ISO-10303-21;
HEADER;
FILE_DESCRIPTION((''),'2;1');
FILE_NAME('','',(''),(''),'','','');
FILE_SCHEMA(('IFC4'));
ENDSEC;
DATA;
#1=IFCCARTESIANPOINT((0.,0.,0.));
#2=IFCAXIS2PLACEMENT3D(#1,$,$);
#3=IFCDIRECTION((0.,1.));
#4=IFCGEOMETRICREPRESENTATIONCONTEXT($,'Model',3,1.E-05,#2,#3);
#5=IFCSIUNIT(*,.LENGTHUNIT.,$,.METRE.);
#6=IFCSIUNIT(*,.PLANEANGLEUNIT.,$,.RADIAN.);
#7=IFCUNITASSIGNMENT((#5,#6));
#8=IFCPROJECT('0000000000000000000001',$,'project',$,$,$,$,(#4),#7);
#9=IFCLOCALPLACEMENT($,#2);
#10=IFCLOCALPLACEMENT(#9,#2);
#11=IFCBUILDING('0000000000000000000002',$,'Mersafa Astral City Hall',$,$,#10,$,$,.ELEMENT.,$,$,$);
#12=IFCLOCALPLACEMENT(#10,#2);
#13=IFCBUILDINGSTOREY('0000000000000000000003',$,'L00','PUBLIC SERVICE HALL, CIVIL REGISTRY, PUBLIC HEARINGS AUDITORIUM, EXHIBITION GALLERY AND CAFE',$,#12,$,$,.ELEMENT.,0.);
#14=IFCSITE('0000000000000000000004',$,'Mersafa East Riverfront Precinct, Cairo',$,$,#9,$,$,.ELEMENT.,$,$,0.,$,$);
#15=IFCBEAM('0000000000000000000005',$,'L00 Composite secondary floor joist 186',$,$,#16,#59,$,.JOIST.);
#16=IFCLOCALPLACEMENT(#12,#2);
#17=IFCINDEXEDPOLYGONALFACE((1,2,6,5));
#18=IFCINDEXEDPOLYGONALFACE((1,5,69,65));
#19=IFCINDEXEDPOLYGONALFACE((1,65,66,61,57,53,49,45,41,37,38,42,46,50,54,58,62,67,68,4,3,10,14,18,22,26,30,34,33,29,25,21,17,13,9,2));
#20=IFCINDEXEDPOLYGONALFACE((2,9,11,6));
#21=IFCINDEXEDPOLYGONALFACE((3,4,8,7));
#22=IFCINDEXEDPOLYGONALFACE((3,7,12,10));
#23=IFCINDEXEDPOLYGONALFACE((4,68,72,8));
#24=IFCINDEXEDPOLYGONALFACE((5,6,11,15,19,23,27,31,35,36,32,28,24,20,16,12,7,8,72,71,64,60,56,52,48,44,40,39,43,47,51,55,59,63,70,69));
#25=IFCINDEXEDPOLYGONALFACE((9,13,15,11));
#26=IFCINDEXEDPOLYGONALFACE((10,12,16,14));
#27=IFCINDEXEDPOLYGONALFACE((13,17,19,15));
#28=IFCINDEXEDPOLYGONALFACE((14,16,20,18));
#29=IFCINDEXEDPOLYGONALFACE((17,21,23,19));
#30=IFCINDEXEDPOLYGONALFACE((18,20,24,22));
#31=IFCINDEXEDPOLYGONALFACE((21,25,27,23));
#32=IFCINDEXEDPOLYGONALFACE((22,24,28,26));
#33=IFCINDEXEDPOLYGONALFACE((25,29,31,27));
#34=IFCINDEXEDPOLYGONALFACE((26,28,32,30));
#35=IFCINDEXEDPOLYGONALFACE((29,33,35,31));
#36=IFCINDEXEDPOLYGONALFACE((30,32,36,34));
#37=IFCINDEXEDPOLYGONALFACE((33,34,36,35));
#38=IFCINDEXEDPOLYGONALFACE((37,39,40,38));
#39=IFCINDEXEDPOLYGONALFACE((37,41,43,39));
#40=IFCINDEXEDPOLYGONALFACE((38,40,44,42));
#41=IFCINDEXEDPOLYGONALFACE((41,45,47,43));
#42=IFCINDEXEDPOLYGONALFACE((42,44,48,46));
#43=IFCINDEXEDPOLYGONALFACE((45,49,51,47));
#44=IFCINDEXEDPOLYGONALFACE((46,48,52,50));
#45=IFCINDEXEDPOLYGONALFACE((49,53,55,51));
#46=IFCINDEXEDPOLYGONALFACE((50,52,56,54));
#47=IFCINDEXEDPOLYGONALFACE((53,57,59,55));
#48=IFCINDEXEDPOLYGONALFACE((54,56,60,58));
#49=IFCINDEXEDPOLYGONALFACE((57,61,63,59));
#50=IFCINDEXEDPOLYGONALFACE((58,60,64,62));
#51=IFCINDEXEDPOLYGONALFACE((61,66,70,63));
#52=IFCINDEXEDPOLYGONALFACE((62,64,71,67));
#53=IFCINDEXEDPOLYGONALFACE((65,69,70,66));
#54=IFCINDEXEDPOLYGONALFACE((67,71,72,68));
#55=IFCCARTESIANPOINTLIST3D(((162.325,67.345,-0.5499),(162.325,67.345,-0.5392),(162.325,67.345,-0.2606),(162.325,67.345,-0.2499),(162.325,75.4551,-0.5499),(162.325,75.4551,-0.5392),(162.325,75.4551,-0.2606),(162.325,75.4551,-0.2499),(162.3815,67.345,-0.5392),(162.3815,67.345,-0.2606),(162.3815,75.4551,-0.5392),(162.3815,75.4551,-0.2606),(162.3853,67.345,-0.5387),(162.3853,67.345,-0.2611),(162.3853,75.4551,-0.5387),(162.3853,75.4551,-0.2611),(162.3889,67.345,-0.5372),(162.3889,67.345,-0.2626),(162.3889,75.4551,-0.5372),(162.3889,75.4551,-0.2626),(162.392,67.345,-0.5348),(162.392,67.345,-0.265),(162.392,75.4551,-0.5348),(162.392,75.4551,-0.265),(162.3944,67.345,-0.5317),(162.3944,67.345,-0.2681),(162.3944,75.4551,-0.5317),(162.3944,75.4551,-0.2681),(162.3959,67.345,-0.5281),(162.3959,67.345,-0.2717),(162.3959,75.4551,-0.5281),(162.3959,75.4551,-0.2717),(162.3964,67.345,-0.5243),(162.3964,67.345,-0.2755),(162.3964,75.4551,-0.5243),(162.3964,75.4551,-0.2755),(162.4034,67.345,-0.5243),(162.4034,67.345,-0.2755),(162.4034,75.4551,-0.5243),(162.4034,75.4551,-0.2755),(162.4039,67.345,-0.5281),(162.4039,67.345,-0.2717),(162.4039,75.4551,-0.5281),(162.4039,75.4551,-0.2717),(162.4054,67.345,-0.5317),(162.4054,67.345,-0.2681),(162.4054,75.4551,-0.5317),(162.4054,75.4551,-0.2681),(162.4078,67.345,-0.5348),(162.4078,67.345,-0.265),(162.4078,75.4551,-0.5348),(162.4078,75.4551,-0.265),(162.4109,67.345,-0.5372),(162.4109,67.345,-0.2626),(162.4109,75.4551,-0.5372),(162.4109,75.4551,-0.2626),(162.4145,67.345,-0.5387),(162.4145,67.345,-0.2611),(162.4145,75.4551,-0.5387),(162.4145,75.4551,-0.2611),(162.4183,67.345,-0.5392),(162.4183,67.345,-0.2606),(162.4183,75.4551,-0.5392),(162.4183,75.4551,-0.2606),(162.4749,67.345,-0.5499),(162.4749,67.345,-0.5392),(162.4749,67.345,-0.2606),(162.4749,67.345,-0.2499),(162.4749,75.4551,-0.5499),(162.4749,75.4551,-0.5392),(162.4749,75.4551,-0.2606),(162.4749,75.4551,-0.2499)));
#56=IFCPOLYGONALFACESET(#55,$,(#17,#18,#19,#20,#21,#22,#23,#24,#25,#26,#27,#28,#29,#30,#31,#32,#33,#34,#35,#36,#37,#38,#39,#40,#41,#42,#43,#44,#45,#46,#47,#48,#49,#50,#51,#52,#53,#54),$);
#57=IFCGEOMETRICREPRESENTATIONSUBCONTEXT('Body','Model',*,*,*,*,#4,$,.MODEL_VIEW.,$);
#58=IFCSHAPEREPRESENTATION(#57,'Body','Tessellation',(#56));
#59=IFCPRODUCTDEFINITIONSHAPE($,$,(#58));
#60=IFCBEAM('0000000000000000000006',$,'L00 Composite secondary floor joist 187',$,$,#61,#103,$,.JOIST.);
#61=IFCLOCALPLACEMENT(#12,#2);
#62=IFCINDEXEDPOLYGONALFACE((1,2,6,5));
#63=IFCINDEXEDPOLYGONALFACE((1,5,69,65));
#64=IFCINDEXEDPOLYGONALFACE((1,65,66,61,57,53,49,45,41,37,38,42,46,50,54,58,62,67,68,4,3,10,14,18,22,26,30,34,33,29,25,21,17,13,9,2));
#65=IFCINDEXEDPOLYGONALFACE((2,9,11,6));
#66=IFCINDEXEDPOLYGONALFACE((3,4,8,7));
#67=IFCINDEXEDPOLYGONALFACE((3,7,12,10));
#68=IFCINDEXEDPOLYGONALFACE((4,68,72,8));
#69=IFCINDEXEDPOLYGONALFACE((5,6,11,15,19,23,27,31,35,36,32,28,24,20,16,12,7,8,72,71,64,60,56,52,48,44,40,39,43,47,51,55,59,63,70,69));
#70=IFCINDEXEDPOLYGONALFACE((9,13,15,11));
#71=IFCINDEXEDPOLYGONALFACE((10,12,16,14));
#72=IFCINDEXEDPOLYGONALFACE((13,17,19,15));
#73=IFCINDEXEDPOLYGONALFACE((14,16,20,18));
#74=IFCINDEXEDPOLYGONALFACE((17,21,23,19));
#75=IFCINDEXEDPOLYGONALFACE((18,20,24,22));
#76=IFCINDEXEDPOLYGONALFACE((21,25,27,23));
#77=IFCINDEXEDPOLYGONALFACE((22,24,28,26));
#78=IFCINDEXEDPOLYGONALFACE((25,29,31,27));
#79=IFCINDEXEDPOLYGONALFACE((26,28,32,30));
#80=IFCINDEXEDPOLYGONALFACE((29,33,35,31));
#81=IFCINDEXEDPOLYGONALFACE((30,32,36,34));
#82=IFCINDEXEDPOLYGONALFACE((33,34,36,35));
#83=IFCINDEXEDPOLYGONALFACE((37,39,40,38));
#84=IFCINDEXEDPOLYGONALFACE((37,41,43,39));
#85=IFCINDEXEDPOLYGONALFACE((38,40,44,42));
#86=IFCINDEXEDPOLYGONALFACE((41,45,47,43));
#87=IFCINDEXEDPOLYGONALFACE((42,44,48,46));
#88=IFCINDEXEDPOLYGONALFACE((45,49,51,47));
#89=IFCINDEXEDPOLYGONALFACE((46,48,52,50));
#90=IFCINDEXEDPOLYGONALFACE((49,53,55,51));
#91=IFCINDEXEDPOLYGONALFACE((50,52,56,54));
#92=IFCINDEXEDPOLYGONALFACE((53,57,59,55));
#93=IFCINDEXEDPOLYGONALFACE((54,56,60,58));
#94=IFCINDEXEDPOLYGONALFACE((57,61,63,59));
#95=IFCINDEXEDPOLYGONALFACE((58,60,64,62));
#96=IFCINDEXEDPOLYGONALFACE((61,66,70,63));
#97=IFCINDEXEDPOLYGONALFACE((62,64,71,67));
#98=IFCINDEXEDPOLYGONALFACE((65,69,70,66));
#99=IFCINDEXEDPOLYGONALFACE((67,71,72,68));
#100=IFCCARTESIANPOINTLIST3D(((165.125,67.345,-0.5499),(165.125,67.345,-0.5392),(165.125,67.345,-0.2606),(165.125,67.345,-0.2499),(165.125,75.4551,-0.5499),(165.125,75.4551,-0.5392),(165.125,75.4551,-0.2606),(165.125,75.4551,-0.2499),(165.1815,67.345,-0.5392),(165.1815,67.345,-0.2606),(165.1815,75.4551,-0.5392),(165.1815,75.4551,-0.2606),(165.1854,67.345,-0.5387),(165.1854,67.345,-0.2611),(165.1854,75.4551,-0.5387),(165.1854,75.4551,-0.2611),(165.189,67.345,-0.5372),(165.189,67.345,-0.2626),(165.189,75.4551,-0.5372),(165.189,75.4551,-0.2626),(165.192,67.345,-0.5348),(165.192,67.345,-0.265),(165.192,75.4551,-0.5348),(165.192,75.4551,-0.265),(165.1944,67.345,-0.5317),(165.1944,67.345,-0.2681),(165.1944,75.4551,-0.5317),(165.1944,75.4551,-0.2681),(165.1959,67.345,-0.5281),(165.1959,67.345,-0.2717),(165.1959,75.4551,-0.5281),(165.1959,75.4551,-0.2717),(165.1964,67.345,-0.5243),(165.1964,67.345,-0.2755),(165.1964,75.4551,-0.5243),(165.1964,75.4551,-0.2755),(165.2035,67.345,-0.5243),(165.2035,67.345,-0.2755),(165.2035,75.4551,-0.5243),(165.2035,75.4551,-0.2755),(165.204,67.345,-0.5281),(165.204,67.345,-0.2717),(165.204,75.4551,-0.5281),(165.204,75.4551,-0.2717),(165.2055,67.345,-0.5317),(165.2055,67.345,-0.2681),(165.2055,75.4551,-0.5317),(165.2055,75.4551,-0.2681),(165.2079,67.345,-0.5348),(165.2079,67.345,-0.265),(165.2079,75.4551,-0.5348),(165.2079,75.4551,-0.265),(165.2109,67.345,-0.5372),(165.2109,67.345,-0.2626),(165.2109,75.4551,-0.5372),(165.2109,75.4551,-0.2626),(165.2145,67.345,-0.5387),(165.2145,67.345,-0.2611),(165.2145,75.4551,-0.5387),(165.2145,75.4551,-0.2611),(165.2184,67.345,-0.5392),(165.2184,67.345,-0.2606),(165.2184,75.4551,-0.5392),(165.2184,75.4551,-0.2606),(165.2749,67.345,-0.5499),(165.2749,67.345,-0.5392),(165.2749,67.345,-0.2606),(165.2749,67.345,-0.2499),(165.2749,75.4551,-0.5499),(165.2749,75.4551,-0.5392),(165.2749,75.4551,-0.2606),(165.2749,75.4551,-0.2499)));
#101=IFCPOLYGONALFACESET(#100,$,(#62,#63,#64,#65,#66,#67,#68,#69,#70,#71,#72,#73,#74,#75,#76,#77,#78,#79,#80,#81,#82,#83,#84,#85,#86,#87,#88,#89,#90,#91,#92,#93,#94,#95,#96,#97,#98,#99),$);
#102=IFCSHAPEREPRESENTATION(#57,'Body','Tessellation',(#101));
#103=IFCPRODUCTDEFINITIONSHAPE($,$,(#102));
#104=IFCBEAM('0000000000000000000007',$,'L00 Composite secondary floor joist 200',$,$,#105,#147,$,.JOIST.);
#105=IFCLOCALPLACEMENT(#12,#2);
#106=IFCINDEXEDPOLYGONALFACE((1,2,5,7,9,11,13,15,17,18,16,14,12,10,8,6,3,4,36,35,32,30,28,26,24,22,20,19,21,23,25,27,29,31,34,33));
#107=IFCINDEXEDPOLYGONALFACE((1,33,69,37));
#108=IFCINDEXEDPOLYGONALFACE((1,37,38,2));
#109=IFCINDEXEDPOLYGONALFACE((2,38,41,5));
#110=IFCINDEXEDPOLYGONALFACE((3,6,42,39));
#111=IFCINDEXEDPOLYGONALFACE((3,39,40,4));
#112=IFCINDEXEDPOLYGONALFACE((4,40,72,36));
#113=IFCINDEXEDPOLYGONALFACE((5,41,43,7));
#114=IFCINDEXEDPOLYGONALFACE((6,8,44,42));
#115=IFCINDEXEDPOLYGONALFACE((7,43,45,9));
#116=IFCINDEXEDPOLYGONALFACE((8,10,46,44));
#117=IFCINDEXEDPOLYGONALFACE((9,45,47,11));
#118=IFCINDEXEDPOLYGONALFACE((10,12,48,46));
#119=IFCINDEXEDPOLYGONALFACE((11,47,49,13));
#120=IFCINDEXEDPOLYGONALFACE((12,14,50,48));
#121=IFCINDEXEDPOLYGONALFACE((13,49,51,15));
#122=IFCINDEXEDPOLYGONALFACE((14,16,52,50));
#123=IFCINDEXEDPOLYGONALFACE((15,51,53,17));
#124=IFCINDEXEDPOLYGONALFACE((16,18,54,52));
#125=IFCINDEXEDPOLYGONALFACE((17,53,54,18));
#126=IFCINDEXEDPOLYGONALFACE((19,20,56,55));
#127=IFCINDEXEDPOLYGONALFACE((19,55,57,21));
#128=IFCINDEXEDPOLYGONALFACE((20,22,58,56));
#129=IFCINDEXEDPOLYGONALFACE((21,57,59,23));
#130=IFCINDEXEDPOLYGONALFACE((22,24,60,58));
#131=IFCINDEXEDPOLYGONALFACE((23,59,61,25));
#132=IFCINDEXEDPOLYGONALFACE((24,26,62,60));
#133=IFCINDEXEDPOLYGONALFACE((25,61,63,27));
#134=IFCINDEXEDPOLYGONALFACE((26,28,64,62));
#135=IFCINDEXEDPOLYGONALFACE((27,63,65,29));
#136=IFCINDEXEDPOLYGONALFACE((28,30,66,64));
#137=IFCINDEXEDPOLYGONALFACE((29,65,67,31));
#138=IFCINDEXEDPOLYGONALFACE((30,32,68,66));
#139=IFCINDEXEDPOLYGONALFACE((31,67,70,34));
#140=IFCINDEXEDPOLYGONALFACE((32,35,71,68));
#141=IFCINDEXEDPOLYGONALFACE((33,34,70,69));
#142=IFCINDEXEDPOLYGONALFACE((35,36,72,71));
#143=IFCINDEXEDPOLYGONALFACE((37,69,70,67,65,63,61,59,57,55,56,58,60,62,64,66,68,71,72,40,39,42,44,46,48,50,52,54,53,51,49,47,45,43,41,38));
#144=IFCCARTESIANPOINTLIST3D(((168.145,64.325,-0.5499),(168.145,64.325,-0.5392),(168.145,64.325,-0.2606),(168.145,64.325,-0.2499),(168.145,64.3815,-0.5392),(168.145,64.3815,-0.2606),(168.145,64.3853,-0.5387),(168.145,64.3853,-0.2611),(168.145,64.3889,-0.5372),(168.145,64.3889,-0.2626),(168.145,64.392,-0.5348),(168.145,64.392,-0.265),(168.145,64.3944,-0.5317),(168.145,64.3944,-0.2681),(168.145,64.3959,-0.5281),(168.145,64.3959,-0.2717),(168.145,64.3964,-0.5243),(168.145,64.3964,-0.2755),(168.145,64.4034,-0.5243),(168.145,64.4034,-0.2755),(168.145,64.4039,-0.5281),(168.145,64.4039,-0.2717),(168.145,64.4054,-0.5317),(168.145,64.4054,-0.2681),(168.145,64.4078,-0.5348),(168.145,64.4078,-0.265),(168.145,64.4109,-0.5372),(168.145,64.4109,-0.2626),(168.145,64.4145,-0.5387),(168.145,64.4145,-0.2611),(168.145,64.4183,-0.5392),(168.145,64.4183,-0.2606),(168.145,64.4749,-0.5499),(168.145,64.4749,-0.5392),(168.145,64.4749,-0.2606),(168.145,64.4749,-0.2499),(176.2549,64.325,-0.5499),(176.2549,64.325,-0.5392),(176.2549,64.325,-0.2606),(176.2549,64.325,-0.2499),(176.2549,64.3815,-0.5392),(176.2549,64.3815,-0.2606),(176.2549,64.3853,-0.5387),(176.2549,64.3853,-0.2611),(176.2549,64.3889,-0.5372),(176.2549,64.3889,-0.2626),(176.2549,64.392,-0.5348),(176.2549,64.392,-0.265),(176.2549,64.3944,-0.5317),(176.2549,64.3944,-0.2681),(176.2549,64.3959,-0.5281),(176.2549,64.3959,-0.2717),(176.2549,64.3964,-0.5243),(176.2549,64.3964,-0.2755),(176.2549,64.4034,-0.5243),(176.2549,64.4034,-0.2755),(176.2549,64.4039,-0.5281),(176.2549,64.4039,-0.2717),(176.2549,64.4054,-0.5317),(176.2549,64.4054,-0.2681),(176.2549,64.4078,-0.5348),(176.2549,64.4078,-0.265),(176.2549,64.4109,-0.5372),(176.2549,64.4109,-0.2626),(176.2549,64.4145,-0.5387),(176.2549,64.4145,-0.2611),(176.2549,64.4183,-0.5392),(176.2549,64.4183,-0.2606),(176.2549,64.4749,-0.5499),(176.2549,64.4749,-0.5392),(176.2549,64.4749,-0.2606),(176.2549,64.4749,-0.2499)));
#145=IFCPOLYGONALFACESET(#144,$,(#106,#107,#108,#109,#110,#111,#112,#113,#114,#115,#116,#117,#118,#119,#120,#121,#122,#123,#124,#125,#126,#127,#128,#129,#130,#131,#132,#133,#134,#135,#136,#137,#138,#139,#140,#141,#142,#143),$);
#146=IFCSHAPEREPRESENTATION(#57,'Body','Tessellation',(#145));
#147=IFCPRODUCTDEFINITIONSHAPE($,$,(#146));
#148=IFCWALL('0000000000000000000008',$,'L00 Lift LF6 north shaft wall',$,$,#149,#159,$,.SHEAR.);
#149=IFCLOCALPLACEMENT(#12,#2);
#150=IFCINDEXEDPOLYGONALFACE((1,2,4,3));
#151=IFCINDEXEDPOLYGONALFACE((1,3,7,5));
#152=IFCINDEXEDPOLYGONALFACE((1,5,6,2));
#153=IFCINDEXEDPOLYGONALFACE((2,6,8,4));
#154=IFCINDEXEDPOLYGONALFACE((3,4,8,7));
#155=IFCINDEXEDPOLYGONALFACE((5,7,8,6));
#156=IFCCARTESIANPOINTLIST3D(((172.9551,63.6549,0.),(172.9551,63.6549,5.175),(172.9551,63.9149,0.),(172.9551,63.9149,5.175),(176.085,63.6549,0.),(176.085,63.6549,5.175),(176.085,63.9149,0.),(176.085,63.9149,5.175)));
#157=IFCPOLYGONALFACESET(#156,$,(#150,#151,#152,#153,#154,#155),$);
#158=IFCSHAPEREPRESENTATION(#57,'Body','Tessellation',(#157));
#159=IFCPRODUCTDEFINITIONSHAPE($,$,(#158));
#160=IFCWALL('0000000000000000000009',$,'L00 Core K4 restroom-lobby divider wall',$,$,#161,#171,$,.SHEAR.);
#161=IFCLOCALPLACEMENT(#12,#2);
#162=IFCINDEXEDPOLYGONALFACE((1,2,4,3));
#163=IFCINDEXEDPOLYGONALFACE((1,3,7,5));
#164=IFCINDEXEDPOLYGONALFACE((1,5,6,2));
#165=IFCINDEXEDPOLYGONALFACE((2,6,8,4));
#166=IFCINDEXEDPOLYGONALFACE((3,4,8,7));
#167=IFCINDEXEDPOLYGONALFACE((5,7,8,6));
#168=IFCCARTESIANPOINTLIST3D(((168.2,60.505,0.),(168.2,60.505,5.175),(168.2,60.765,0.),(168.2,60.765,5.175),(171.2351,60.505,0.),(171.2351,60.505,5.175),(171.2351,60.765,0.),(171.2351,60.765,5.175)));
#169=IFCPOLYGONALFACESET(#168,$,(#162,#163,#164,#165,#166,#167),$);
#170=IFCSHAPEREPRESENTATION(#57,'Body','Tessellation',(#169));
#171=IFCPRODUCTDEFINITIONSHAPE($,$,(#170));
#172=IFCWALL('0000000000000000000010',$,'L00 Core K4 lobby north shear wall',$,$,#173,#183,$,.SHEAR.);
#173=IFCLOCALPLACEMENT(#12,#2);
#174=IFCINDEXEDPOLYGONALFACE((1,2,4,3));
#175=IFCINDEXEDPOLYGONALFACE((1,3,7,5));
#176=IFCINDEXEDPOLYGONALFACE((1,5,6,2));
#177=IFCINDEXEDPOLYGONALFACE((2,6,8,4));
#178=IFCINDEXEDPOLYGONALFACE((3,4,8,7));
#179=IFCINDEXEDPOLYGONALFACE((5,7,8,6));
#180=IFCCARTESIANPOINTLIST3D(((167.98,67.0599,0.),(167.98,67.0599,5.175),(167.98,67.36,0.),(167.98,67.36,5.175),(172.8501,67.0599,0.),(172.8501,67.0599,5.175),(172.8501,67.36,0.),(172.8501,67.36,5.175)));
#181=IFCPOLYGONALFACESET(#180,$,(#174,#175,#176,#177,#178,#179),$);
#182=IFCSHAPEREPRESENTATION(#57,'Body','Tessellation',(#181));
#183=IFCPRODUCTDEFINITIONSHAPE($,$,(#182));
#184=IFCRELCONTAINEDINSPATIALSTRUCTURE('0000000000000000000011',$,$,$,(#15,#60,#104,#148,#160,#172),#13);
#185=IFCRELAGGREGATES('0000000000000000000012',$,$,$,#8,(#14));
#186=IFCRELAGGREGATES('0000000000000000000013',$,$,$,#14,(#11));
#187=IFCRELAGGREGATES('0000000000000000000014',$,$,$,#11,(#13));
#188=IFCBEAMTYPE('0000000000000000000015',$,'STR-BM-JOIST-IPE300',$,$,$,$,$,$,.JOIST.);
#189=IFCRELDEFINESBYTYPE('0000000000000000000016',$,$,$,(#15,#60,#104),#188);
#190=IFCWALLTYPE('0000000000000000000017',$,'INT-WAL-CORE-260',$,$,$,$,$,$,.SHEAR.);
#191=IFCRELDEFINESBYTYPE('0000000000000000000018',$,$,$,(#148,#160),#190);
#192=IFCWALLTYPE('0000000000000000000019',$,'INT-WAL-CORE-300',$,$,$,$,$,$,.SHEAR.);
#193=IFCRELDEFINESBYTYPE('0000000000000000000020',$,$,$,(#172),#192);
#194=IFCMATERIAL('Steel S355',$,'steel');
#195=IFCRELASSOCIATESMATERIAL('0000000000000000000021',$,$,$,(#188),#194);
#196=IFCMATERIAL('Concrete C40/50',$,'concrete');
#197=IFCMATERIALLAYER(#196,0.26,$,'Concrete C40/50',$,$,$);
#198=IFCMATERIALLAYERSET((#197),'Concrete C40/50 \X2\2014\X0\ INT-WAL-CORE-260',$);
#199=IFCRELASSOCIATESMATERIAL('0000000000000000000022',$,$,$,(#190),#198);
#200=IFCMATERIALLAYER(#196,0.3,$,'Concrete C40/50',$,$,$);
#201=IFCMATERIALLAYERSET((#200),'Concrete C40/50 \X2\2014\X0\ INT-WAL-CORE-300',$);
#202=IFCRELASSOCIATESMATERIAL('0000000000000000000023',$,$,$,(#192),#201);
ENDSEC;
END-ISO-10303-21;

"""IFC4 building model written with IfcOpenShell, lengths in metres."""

from ifc_helpers import new_model, si_unit, direction, frame, frame_2d, origin, origin_2d, place, context, subcontext, project, spatial, rectangle, i_section, extrude, material, layer, layer_set, material_profile, profile_set, type_object, element, save


model = new_model("IFC4")

# Units and contexts
model_context = context("Model", 3, precision=1e-05, world=origin(), true_north=direction((0.0, 1.0)))
body_context = subcontext(model_context, "Body", "Model", "MODEL_VIEW")
ifc_project = project(units=[si_unit("LENGTHUNIT", "METRE"), si_unit("PLANEANGLEUNIT", "RADIAN")], contexts=[model_context])

# Site, building, storey
site_placement = place(None, origin())
site = spatial("IfcSite", under=ifc_project, at=site_placement, Name="Mersafa East Riverfront Precinct, Cairo", CompositionType="ELEMENT", RefElevation=0.0)
building_placement = place(site_placement, origin())
building = spatial("IfcBuilding", under=site, at=building_placement, Name="Mersafa Astral City Hall", CompositionType="ELEMENT")
storey_placement = place(building_placement, origin())
storey = spatial("IfcBuildingStorey", under=building, at=storey_placement, Name="L00", Description="PUBLIC SERVICE HALL, CIVIL REGISTRY, PUBLIC HEARINGS AUDITORIUM, EXHIBITION GALLERY AND CAFE", CompositionType="ELEMENT", Elevation=0.0)

# Shared definitions
ifc_material_1 = material(Name="Steel S355", Category="steel")

# Beams
ifc_material_profile_1 = material_profile(ifc_material_1, i_section(OverallWidth=0.1499, OverallDepth=0.3, WebThickness=0.0071, FlangeThickness=0.0107, FilletRadius=0.0149, at=origin_2d()), Name="IPE 300")
ifc_profile_set_1 = profile_set([ifc_material_profile_1], Name="Steel S355")
beam_type_1 = type_object("IfcBeamType", Name="STR-BM-JOIST-IPE300", PredefinedType="JOIST", material=ifc_profile_set_1)
for number, where, z_axis, x_axis, name in (
    (1, (162.3999, 67.345, -0.3999), (0.0, 1.0, 0.0), (-1.0, 0.0, 0.0), "L00 Composite secondary floor joist 186"),
    (2, (165.2, 67.345, -0.3999), (0.0, 1.0, 0.0), (-1.0, 0.0, 0.0), "L00 Composite secondary floor joist 187"),
):
    element("IfcBeam", number, at=place(storey_placement, frame(where, z_axis=z_axis, x_axis=x_axis)), inside=storey, type_object=beam_type_1, Name=name, PredefinedType="JOIST", context=body_context, shape_type="SweptSolid", body=[
        extrude(i_section(OverallWidth=0.1499, OverallDepth=0.3, WebThickness=0.0071, FlangeThickness=0.0107, FilletRadius=0.0149, at=origin_2d()), origin(), (0.0, 0.0, 1.0), 8.1101),
    ])
beam_1_placement = place(storey_placement, frame((168.145, 64.3999, -0.3999), z_axis=(1.0, 0.0, 0.0), x_axis=(0.0, 1.0, 0.0)))
element("IfcBeam", 3, at=beam_1_placement, inside=storey, type_object=beam_type_1, Name="L00 Composite secondary floor joist 200", PredefinedType="JOIST", context=body_context, shape_type="SweptSolid", body=[
    extrude(i_section(OverallWidth=0.1499, OverallDepth=0.3, WebThickness=0.0071, FlangeThickness=0.0107, FilletRadius=0.0149, at=origin_2d()), origin(), (0.0, 0.0, 1.0), 8.1099),
])

# Wall
ifc_material_2 = material(Name="Concrete C40/50", Category="concrete")
ifc_layer_1 = layer(ifc_material_2, 0.26, Name="Concrete C40/50")
ifc_layer_set_1 = layer_set([ifc_layer_1], Name="Concrete C40/50 — INT-WAL-CORE-260")
wall_type_1 = type_object("IfcWallType", Name="INT-WAL-CORE-260", PredefinedType="SHEAR", material=ifc_layer_set_1)
wall_1_placement = place(storey_placement, frame((172.9551, 63.7849, 0.0), z_axis=(0.0, 0.0, 1.0), x_axis=(1.0, 0.0, 0.0)))
element("IfcWall", 4, at=wall_1_placement, inside=storey, type_object=wall_type_1, Name="L00 Lift LF6 north shaft wall", PredefinedType="SHEAR", context=body_context, shape_type="SweptSolid", body=[
    extrude(rectangle(XDim=3.1299, YDim=0.26, at=frame_2d((1.5649, 0.0))), origin(), (0.0, 0.0, 1.0), 5.175),
])

# Walls
wall_2_placement = place(storey_placement, frame((168.2, 60.635, 0.0), z_axis=(0.0, 0.0, 1.0), x_axis=(1.0, 0.0, 0.0)))
element("IfcWall", 5, at=wall_2_placement, inside=storey, type_object=wall_type_1, Name="L00 Core K4 restroom-lobby divider wall", PredefinedType="SHEAR", context=body_context, shape_type="SweptSolid", body=[
    extrude(rectangle(XDim=3.0352, YDim=0.26, at=frame_2d((1.5176, 0.0))), origin(), (0.0, 0.0, 1.0), 5.175),
])
ifc_layer_2 = layer(ifc_material_2, 0.3, Name="Concrete C40/50")
ifc_layer_set_2 = layer_set([ifc_layer_2], Name="Concrete C40/50 — INT-WAL-CORE-300")
wall_type_2 = type_object("IfcWallType", Name="INT-WAL-CORE-300", PredefinedType="SHEAR", material=ifc_layer_set_2)
wall_3_placement = place(storey_placement, frame((167.98, 67.21, 0.0), z_axis=(0.0, 0.0, 1.0), x_axis=(1.0, 0.0, 0.0)))
element("IfcWall", 6, at=wall_3_placement, inside=storey, type_object=wall_type_2, Name="L00 Core K4 lobby north shear wall", PredefinedType="SHEAR", context=body_context, shape_type="SweptSolid", body=[
    extrude(rectangle(XDim=4.8701, YDim=0.3, at=frame_2d((2.4351, 0.0))), origin(), (0.0, 0.0, 1.0), 5.175),
])

save(model, "model.ifc")
